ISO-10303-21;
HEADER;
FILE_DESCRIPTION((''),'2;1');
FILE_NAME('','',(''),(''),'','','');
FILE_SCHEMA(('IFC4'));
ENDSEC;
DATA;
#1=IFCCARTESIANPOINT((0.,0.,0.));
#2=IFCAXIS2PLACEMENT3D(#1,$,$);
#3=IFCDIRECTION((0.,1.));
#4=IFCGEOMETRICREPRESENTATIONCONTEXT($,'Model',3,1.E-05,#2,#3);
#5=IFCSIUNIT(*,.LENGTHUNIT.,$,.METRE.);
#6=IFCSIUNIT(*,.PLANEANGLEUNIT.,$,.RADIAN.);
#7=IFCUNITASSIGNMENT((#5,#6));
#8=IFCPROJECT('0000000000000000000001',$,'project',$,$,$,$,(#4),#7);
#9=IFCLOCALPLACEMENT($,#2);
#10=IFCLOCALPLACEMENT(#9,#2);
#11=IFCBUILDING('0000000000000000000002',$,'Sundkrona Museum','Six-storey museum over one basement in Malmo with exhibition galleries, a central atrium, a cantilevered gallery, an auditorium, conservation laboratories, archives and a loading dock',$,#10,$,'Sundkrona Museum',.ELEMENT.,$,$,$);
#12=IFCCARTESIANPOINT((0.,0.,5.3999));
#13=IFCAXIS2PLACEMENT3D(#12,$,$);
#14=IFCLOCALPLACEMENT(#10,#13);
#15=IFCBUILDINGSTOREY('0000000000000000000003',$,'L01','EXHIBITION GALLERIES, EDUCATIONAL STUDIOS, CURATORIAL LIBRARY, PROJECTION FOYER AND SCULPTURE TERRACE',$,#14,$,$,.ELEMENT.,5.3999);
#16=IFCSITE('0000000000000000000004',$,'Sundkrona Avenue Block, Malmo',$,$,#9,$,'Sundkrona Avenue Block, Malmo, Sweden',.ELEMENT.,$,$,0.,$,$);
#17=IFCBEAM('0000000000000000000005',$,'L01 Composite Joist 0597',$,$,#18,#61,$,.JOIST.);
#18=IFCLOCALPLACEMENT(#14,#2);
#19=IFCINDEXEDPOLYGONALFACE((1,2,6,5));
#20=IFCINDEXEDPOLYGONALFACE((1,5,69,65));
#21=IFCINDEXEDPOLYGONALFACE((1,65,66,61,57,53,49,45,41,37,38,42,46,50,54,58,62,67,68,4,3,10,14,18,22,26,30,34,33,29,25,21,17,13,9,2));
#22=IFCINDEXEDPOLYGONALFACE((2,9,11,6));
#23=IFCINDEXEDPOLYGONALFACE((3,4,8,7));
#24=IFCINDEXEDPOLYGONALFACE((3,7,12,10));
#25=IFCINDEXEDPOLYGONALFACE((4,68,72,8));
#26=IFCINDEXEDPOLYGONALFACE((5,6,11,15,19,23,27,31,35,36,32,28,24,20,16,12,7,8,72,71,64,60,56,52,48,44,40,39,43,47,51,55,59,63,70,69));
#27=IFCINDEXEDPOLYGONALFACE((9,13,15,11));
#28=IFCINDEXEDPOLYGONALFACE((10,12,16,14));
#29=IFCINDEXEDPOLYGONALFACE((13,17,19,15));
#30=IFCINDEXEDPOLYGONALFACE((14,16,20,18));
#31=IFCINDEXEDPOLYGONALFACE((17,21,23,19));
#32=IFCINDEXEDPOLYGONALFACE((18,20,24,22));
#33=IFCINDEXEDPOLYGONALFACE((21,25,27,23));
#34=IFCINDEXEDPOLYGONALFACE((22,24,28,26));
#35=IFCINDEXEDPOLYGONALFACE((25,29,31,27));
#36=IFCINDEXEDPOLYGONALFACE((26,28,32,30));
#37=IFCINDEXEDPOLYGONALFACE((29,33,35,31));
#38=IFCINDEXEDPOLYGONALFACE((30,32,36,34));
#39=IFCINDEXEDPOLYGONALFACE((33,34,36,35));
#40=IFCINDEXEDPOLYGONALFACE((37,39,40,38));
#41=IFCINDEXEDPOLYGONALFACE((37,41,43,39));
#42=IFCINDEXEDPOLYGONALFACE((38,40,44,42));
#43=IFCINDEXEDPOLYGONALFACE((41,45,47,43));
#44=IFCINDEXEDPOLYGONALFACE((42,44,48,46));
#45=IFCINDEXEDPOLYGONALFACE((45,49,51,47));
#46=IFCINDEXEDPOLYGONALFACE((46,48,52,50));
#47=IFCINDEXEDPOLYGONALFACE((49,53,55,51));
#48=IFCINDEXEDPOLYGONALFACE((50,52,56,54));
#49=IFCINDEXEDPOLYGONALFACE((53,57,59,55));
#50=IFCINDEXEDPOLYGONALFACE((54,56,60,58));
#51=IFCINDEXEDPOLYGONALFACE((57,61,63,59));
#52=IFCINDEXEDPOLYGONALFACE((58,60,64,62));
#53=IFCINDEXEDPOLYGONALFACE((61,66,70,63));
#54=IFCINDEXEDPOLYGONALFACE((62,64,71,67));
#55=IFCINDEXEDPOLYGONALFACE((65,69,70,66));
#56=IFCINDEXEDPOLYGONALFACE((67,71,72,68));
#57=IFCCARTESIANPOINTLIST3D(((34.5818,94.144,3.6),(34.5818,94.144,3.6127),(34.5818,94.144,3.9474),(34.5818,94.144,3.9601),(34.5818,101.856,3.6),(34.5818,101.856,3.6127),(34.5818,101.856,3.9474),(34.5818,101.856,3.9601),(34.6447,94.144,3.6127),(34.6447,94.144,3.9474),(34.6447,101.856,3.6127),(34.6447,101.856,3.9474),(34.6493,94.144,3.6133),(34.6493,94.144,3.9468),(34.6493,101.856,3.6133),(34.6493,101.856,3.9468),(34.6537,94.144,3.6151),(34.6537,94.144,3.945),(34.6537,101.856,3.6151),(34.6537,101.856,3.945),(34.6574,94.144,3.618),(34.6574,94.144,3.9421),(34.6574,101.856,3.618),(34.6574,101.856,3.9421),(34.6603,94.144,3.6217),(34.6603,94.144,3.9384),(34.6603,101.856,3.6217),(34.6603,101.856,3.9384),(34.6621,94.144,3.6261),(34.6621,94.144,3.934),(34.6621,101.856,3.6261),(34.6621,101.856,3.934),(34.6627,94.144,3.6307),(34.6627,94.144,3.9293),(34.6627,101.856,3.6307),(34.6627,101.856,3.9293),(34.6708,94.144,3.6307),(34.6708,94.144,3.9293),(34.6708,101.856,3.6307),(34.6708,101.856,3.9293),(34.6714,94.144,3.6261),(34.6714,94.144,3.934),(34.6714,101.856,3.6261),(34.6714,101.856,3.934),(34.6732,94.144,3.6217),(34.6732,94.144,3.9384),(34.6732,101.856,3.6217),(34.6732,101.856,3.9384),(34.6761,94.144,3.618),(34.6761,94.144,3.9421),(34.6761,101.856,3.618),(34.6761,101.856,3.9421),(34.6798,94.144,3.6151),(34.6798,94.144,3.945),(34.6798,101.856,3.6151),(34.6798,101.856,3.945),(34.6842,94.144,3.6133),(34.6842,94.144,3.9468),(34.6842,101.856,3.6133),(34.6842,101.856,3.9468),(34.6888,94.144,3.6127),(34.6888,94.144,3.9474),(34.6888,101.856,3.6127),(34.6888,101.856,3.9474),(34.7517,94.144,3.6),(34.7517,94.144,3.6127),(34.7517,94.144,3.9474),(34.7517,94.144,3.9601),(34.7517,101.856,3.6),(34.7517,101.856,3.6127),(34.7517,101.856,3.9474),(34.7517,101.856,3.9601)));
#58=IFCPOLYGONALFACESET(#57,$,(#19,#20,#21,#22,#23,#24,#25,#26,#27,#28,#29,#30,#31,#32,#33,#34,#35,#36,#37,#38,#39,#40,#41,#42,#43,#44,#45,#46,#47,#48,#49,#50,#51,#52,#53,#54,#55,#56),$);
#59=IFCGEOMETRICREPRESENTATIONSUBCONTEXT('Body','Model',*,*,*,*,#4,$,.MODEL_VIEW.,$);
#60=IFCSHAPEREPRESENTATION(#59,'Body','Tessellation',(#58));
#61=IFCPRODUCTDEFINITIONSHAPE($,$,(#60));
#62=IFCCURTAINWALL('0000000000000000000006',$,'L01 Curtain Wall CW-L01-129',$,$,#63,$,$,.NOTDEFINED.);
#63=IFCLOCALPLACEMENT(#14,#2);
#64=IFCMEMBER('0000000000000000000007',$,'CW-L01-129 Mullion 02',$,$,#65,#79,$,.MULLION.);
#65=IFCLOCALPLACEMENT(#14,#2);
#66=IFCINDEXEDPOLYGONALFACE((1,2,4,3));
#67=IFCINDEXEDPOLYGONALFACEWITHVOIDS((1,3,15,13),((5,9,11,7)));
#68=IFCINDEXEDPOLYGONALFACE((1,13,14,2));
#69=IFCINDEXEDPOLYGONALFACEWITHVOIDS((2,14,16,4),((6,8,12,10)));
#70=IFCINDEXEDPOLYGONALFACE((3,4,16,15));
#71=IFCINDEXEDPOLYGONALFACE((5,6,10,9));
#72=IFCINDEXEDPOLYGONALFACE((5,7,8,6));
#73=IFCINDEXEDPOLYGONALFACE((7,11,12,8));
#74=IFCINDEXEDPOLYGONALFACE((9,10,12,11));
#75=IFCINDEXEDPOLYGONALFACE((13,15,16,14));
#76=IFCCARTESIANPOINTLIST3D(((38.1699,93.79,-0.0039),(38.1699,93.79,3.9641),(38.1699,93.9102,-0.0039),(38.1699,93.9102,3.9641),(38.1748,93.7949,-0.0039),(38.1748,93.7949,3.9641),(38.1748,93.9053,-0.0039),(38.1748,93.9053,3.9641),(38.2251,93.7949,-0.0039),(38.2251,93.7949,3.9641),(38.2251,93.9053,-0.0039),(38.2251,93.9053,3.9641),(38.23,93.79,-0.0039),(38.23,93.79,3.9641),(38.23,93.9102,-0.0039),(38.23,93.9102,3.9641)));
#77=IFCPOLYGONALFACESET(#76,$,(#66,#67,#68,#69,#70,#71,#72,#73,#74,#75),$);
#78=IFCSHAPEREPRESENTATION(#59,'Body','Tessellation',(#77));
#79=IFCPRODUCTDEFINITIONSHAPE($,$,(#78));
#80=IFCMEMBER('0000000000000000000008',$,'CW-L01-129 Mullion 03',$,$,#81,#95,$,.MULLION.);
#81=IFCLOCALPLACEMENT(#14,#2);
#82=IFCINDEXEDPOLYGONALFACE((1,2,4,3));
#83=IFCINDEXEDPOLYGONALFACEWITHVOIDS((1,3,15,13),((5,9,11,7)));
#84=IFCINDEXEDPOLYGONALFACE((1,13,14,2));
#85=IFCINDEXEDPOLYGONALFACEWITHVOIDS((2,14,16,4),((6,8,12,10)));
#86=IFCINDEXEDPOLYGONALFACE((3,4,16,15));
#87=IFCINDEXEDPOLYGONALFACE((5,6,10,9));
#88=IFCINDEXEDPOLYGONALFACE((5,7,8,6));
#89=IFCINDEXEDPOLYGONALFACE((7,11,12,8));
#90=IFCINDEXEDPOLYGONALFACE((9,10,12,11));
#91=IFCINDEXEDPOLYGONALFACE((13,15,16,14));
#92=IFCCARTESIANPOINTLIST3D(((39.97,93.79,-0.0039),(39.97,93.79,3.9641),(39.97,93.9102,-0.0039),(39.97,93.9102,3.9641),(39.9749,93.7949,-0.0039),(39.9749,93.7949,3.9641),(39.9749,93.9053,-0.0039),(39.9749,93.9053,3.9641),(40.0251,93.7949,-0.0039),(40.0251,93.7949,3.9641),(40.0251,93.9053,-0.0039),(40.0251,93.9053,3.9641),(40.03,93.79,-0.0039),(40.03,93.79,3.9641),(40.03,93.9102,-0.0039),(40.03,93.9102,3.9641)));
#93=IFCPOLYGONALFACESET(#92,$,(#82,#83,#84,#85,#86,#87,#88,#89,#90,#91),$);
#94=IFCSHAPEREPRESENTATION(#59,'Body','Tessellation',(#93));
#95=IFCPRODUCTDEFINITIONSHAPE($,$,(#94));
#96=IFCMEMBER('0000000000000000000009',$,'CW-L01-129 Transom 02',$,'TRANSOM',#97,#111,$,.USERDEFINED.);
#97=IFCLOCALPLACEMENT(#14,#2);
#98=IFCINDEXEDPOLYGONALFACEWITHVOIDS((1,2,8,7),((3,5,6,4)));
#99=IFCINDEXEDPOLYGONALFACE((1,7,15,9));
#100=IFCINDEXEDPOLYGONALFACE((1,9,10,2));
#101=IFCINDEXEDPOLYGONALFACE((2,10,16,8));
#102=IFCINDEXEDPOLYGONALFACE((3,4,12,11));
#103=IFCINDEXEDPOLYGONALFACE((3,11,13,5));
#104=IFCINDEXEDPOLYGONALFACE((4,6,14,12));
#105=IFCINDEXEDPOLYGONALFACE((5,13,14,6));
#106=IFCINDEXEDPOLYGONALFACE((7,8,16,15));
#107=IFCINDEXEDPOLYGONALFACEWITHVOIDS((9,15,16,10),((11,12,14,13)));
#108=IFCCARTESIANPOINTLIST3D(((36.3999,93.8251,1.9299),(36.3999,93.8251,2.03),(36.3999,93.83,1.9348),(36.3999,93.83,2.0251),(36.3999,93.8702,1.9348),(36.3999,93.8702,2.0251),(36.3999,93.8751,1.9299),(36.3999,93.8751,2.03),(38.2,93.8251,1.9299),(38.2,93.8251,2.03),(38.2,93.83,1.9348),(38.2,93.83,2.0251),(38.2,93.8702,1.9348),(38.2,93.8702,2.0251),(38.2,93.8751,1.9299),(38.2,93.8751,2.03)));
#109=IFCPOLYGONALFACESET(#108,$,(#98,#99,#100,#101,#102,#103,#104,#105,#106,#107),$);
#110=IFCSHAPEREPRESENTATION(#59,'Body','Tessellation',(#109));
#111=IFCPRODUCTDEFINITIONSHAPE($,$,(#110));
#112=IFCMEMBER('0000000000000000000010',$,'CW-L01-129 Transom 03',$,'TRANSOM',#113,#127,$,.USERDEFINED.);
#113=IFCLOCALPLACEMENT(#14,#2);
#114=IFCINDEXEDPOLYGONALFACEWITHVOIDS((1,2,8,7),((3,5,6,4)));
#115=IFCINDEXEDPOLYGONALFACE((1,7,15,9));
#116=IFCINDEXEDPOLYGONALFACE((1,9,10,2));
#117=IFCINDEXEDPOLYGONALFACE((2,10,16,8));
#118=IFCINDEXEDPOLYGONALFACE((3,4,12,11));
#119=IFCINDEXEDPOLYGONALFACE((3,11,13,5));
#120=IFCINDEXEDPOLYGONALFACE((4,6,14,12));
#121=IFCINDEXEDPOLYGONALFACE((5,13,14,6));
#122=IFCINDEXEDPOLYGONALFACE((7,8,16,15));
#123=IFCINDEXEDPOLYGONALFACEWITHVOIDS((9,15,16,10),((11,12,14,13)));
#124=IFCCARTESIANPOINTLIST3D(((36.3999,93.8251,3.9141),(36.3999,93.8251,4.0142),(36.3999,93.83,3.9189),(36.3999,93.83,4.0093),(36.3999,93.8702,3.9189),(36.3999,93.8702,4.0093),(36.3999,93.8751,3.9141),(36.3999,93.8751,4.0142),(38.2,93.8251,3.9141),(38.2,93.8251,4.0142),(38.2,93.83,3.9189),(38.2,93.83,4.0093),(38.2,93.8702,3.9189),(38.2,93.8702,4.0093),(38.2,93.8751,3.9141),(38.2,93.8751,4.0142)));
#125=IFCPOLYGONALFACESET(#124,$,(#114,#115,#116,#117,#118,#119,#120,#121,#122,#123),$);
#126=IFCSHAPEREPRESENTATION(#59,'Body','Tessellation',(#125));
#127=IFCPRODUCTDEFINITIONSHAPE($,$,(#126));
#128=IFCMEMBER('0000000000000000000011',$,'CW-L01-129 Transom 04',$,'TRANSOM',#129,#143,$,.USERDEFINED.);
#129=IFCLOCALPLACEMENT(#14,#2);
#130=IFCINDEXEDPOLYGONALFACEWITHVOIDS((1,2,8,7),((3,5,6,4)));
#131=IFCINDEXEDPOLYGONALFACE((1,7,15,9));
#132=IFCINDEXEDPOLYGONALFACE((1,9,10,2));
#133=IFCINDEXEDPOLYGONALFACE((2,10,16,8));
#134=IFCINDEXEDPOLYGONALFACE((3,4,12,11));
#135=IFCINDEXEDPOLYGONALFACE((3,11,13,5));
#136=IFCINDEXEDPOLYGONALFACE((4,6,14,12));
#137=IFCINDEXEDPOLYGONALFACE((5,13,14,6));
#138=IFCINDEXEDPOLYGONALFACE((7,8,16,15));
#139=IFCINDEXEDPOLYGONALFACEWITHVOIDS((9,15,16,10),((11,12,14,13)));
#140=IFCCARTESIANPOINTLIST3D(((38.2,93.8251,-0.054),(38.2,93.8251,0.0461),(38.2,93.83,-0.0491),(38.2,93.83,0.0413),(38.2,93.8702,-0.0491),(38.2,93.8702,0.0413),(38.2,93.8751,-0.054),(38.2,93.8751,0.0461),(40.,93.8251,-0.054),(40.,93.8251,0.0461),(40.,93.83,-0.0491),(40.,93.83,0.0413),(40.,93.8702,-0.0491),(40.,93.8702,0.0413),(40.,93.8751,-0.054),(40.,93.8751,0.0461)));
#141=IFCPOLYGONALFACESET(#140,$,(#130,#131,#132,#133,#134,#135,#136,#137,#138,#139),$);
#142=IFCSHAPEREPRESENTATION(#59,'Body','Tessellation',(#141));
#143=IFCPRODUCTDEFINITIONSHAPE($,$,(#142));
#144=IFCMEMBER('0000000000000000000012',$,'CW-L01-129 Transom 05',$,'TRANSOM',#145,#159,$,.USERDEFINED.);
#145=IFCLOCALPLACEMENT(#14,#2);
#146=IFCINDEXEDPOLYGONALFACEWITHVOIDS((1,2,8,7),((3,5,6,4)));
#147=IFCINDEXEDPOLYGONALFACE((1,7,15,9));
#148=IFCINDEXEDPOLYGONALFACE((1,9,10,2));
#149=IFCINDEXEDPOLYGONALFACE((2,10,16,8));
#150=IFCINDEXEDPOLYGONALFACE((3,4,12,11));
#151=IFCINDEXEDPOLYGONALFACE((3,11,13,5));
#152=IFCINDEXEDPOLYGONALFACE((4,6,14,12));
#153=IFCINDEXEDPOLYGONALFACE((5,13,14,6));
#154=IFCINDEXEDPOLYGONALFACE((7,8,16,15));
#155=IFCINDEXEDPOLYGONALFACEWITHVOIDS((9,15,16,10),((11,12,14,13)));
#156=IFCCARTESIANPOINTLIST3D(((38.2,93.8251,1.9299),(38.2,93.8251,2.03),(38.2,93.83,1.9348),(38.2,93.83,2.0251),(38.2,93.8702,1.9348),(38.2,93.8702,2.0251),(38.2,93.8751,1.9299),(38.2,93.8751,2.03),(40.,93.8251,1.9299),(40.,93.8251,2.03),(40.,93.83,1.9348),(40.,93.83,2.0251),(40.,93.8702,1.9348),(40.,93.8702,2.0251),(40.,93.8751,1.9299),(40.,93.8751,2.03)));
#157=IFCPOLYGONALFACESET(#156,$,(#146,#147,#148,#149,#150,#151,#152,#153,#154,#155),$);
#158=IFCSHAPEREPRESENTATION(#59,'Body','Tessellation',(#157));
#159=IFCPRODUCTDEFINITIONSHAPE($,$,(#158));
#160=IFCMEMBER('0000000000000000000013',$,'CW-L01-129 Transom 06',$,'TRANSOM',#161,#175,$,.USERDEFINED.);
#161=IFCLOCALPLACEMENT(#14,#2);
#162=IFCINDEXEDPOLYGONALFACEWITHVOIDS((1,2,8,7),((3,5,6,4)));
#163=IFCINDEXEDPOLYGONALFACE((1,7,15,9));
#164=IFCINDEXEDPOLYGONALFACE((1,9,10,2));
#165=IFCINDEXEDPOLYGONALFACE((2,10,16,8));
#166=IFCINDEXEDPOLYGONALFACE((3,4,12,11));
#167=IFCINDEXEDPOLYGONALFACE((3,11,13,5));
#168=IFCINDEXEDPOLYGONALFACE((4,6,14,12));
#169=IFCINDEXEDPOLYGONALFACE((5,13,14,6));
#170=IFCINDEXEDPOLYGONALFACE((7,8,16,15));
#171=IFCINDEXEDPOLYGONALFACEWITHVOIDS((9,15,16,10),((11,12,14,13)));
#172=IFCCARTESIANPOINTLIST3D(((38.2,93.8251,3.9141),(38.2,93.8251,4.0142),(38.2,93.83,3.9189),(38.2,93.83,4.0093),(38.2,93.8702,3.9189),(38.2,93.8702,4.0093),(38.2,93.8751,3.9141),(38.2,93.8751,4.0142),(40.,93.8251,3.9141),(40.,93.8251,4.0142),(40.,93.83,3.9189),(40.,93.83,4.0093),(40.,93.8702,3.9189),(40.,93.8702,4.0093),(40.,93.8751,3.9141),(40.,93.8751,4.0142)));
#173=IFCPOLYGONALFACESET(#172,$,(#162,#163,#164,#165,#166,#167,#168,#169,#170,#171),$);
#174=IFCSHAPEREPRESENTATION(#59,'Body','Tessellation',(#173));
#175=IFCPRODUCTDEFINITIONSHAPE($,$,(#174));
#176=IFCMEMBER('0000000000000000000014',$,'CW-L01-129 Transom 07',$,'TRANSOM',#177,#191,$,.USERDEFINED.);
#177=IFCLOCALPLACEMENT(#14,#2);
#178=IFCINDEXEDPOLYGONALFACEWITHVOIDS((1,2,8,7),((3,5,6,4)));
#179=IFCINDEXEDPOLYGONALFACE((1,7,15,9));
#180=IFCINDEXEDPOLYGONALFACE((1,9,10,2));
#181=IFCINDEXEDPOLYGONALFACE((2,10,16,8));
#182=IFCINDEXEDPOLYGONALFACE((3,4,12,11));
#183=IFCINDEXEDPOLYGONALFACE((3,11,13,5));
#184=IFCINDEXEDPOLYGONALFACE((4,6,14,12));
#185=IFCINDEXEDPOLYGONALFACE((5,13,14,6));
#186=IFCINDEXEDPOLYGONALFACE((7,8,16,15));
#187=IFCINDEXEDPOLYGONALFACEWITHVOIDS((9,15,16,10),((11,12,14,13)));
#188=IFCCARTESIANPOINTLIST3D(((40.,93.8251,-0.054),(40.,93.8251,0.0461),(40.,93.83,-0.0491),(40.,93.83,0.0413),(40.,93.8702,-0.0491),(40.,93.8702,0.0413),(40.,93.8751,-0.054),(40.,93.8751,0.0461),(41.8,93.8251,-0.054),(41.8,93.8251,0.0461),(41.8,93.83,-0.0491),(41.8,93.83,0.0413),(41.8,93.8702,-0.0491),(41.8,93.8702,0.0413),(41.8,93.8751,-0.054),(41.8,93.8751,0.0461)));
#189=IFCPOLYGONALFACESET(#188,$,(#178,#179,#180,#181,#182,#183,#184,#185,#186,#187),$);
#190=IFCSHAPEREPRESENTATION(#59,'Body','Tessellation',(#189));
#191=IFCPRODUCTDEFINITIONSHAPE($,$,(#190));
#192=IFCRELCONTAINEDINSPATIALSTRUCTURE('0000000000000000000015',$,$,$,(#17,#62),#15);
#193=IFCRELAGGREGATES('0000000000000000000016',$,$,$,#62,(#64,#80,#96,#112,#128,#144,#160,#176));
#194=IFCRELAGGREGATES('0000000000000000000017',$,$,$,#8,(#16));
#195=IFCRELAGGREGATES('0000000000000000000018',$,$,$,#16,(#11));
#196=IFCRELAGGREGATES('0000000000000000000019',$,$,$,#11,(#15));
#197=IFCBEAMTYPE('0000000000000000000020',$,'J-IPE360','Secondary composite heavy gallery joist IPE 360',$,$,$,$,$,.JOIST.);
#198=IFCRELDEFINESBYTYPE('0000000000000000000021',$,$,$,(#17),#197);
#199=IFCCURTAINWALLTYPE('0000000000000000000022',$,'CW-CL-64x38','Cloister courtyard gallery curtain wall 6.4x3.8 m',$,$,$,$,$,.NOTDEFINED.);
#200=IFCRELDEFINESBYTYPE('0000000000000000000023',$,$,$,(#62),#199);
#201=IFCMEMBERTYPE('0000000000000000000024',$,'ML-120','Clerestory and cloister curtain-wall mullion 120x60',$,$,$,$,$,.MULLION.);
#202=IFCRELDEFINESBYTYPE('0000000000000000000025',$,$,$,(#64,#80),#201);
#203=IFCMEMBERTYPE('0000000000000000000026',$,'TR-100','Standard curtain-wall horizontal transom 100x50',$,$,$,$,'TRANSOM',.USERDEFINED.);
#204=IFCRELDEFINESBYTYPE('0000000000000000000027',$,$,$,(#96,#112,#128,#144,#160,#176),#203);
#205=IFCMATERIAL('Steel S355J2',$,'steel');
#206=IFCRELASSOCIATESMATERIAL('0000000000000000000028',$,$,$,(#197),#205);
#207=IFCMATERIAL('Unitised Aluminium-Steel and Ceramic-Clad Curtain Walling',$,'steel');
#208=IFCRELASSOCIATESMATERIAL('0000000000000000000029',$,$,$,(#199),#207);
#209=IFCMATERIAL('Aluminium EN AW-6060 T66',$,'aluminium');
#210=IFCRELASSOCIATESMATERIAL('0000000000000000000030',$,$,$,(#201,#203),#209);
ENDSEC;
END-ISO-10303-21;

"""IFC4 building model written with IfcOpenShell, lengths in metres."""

from ifc_helpers import new_model, si_unit, direction, frame, origin, origin_2d, place, context, subcontext, project, spatial, hollow_rectangle, i_section, extrude, material, material_profile, profile_set, type_object, element, aggregate, save


model = new_model("IFC4")

# Units and contexts
model_context = context("Model", 3, precision=1e-05, world=origin(), true_north=direction((0.0, 1.0)))
body_context = subcontext(model_context, "Body", "Model", "MODEL_VIEW")
ifc_project = project(units=[si_unit("LENGTHUNIT", "METRE"), si_unit("PLANEANGLEUNIT", "RADIAN")], contexts=[model_context])

# Site, building, storey
site_placement = place(None, origin())
site = spatial("IfcSite", under=ifc_project, at=site_placement, Name="Sundkrona Avenue Block, Malmo", LongName="Sundkrona Avenue Block, Malmo, Sweden", CompositionType="ELEMENT", RefElevation=0.0)
building_placement = place(site_placement, origin())
building = spatial("IfcBuilding", under=site, at=building_placement, Name="Sundkrona Museum", Description="Six-storey museum over one basement in Malmo with exhibition galleries, a central atrium, a cantilevered gallery, an auditorium, conservation laboratories, archives and a loading dock", LongName="Sundkrona Museum", CompositionType="ELEMENT")
storey_placement = place(building_placement, frame((0.0, 0.0, 5.3999)))
storey = spatial("IfcBuildingStorey", under=building, at=storey_placement, Name="L01", Description="EXHIBITION GALLERIES, EDUCATIONAL STUDIOS, CURATORIAL LIBRARY, PROJECTION FOYER AND SCULPTURE TERRACE", CompositionType="ELEMENT", Elevation=5.3999)

# Shared definitions
ifc_material_1 = material(Name="Steel S355J2", Category="steel")

# Beam
ifc_material_profile_1 = material_profile(ifc_material_1, i_section(OverallWidth=0.1699, OverallDepth=0.3601, WebThickness=0.0081, FlangeThickness=0.0127, FilletRadius=0.0181, at=origin_2d()), Name="IPE 360")
ifc_profile_set_1 = profile_set([ifc_material_profile_1], Name="Steel S355J2")
beam_type_1 = type_object("IfcBeamType", Name="J-IPE360", Description="Secondary composite heavy gallery joist IPE 360", PredefinedType="JOIST", material=ifc_profile_set_1)
for number, where, z_axis, x_axis, name in (
    (1, (34.6667, 94.144, 3.78), (0.0, 1.0, 0.0), (-1.0, 0.0, 0.0), "L01 Composite Joist 0597"),
):
    element("IfcBeam", number, at=place(storey_placement, frame(where, z_axis=z_axis, x_axis=x_axis)), inside=storey, type_object=beam_type_1, Name=name, PredefinedType="JOIST", context=body_context, shape_type="SweptSolid", body=[
        extrude(i_section(OverallWidth=0.1699, OverallDepth=0.3601, WebThickness=0.0081, FlangeThickness=0.0127, FilletRadius=0.0181, at=origin_2d()), origin(), (0.0, 0.0, 1.0), 7.7119),
    ])

# Curtain wall, members
ifc_material_2 = material(Name="Unitised Aluminium-Steel and Ceramic-Clad Curtain Walling", Category="steel")
curtain_wall_type = type_object("IfcCurtainWallType", Name="CW-CL-64x38", Description="Cloister courtyard gallery curtain wall 6.4x3.8 m", PredefinedType="NOTDEFINED", material=ifc_material_2)
curtain_wall_placement = place(storey_placement, origin())
curtain_wall = element("IfcCurtainWall", 2, at=curtain_wall_placement, inside=storey, type_object=curtain_wall_type, Name="L01 Curtain Wall CW-L01-129", PredefinedType="NOTDEFINED")
ifc_material_3 = material(Name="Aluminium EN AW-6060 T66", Category="aluminium")
ifc_material_profile_2 = material_profile(ifc_material_3, hollow_rectangle(XDim=0.0601, YDim=0.1201, WallThickness=0.0049, at=origin_2d()), Name="RHS 120x60x5.0")
ifc_profile_set_2 = profile_set([ifc_material_profile_2], Name="Aluminium EN AW-6060 T66")
member_type_1 = type_object("IfcMemberType", Name="ML-120", Description="Clerestory and cloister curtain-wall mullion 120x60", PredefinedType="MULLION", material=ifc_profile_set_2)
member_1_placement = place(storey_placement, frame((38.2, 93.8501, -0.0039), z_axis=(0.0, 0.0, 1.0), x_axis=(1.0, 0.0, 0.0)))
member_1 = element("IfcMember", 3, at=member_1_placement, type_object=member_type_1, Name="CW-L01-129 Mullion 02", PredefinedType="MULLION", context=body_context, shape_type="SweptSolid", body=[
    extrude(hollow_rectangle(XDim=0.0601, YDim=0.1201, WallThickness=0.0049, at=origin_2d()), origin(), (0.0, 0.0, 1.0), 3.968),
])
member_2_placement = place(storey_placement, frame((40.0, 93.8501, -0.0039), z_axis=(0.0, 0.0, 1.0), x_axis=(1.0, 0.0, 0.0)))
member_2 = element("IfcMember", 4, at=member_2_placement, type_object=member_type_1, Name="CW-L01-129 Mullion 03", PredefinedType="MULLION", context=body_context, shape_type="SweptSolid", body=[
    extrude(hollow_rectangle(XDim=0.0601, YDim=0.1201, WallThickness=0.0049, at=origin_2d()), origin(), (0.0, 0.0, 1.0), 3.968),
])
ifc_material_profile_3 = material_profile(ifc_material_3, hollow_rectangle(XDim=0.05, YDim=0.1001, WallThickness=0.0049, at=origin_2d()), Name="RHS 100x50x5.0")
ifc_profile_set_3 = profile_set([ifc_material_profile_3], Name="Aluminium EN AW-6060 T66")
member_type_2 = type_object("IfcMemberType", Name="TR-100", Description="Standard curtain-wall horizontal transom 100x50", ElementType="TRANSOM", PredefinedType="USERDEFINED", material=ifc_profile_set_3)
member_3_placement = place(storey_placement, frame((36.3999, 93.8501, 1.98), z_axis=(1.0, 0.0, 0.0), x_axis=(0.0, 1.0, 0.0)))
member_3 = element("IfcMember", 5, at=member_3_placement, type_object=member_type_2, Name="CW-L01-129 Transom 02", ObjectType="TRANSOM", PredefinedType="USERDEFINED", context=body_context, shape_type="SweptSolid", body=[
    extrude(hollow_rectangle(XDim=0.05, YDim=0.1001, WallThickness=0.0049, at=origin_2d()), origin(), (0.0, 0.0, 1.0), 1.8),
])
member_4_placement = place(storey_placement, frame((36.3999, 93.8501, 3.9641), z_axis=(1.0, 0.0, 0.0), x_axis=(0.0, 1.0, 0.0)))
member_4 = element("IfcMember", 6, at=member_4_placement, type_object=member_type_2, Name="CW-L01-129 Transom 03", ObjectType="TRANSOM", PredefinedType="USERDEFINED", context=body_context, shape_type="SweptSolid", body=[
    extrude(hollow_rectangle(XDim=0.05, YDim=0.1001, WallThickness=0.0049, at=origin_2d()), origin(), (0.0, 0.0, 1.0), 1.8),
])
member_5_placement = place(storey_placement, frame((38.2, 93.8501, -0.0039), z_axis=(1.0, 0.0, 0.0), x_axis=(0.0, 1.0, 0.0)))
member_5 = element("IfcMember", 7, at=member_5_placement, type_object=member_type_2, Name="CW-L01-129 Transom 04", ObjectType="TRANSOM", PredefinedType="USERDEFINED", context=body_context, shape_type="SweptSolid", body=[
    extrude(hollow_rectangle(XDim=0.05, YDim=0.1001, WallThickness=0.0049, at=origin_2d()), origin(), (0.0, 0.0, 1.0), 1.8),
])
member_6_placement = place(storey_placement, frame((38.2, 93.8501, 1.98), z_axis=(1.0, 0.0, 0.0), x_axis=(0.0, 1.0, 0.0)))
member_6 = element("IfcMember", 8, at=member_6_placement, type_object=member_type_2, Name="CW-L01-129 Transom 05", ObjectType="TRANSOM", PredefinedType="USERDEFINED", context=body_context, shape_type="SweptSolid", body=[
    extrude(hollow_rectangle(XDim=0.05, YDim=0.1001, WallThickness=0.0049, at=origin_2d()), origin(), (0.0, 0.0, 1.0), 1.8),
])
member_7_placement = place(storey_placement, frame((38.2, 93.8501, 3.9641), z_axis=(1.0, 0.0, 0.0), x_axis=(0.0, 1.0, 0.0)))
member_7 = element("IfcMember", 9, at=member_7_placement, type_object=member_type_2, Name="CW-L01-129 Transom 06", ObjectType="TRANSOM", PredefinedType="USERDEFINED", context=body_context, shape_type="SweptSolid", body=[
    extrude(hollow_rectangle(XDim=0.05, YDim=0.1001, WallThickness=0.0049, at=origin_2d()), origin(), (0.0, 0.0, 1.0), 1.8),
])
member_8_placement = place(storey_placement, frame((40.0, 93.8501, -0.0039), z_axis=(1.0, 0.0, 0.0), x_axis=(0.0, 1.0, 0.0)))
member_8 = element("IfcMember", 10, at=member_8_placement, type_object=member_type_2, Name="CW-L01-129 Transom 07", ObjectType="TRANSOM", PredefinedType="USERDEFINED", context=body_context, shape_type="SweptSolid", body=[
    extrude(hollow_rectangle(XDim=0.05, YDim=0.1001, WallThickness=0.0049, at=origin_2d()), origin(), (0.0, 0.0, 1.0), 1.8),
])
aggregate(curtain_wall, [member_1, member_2, member_3, member_4, member_5, member_6, member_7, member_8])

save(model, "model.ifc")
